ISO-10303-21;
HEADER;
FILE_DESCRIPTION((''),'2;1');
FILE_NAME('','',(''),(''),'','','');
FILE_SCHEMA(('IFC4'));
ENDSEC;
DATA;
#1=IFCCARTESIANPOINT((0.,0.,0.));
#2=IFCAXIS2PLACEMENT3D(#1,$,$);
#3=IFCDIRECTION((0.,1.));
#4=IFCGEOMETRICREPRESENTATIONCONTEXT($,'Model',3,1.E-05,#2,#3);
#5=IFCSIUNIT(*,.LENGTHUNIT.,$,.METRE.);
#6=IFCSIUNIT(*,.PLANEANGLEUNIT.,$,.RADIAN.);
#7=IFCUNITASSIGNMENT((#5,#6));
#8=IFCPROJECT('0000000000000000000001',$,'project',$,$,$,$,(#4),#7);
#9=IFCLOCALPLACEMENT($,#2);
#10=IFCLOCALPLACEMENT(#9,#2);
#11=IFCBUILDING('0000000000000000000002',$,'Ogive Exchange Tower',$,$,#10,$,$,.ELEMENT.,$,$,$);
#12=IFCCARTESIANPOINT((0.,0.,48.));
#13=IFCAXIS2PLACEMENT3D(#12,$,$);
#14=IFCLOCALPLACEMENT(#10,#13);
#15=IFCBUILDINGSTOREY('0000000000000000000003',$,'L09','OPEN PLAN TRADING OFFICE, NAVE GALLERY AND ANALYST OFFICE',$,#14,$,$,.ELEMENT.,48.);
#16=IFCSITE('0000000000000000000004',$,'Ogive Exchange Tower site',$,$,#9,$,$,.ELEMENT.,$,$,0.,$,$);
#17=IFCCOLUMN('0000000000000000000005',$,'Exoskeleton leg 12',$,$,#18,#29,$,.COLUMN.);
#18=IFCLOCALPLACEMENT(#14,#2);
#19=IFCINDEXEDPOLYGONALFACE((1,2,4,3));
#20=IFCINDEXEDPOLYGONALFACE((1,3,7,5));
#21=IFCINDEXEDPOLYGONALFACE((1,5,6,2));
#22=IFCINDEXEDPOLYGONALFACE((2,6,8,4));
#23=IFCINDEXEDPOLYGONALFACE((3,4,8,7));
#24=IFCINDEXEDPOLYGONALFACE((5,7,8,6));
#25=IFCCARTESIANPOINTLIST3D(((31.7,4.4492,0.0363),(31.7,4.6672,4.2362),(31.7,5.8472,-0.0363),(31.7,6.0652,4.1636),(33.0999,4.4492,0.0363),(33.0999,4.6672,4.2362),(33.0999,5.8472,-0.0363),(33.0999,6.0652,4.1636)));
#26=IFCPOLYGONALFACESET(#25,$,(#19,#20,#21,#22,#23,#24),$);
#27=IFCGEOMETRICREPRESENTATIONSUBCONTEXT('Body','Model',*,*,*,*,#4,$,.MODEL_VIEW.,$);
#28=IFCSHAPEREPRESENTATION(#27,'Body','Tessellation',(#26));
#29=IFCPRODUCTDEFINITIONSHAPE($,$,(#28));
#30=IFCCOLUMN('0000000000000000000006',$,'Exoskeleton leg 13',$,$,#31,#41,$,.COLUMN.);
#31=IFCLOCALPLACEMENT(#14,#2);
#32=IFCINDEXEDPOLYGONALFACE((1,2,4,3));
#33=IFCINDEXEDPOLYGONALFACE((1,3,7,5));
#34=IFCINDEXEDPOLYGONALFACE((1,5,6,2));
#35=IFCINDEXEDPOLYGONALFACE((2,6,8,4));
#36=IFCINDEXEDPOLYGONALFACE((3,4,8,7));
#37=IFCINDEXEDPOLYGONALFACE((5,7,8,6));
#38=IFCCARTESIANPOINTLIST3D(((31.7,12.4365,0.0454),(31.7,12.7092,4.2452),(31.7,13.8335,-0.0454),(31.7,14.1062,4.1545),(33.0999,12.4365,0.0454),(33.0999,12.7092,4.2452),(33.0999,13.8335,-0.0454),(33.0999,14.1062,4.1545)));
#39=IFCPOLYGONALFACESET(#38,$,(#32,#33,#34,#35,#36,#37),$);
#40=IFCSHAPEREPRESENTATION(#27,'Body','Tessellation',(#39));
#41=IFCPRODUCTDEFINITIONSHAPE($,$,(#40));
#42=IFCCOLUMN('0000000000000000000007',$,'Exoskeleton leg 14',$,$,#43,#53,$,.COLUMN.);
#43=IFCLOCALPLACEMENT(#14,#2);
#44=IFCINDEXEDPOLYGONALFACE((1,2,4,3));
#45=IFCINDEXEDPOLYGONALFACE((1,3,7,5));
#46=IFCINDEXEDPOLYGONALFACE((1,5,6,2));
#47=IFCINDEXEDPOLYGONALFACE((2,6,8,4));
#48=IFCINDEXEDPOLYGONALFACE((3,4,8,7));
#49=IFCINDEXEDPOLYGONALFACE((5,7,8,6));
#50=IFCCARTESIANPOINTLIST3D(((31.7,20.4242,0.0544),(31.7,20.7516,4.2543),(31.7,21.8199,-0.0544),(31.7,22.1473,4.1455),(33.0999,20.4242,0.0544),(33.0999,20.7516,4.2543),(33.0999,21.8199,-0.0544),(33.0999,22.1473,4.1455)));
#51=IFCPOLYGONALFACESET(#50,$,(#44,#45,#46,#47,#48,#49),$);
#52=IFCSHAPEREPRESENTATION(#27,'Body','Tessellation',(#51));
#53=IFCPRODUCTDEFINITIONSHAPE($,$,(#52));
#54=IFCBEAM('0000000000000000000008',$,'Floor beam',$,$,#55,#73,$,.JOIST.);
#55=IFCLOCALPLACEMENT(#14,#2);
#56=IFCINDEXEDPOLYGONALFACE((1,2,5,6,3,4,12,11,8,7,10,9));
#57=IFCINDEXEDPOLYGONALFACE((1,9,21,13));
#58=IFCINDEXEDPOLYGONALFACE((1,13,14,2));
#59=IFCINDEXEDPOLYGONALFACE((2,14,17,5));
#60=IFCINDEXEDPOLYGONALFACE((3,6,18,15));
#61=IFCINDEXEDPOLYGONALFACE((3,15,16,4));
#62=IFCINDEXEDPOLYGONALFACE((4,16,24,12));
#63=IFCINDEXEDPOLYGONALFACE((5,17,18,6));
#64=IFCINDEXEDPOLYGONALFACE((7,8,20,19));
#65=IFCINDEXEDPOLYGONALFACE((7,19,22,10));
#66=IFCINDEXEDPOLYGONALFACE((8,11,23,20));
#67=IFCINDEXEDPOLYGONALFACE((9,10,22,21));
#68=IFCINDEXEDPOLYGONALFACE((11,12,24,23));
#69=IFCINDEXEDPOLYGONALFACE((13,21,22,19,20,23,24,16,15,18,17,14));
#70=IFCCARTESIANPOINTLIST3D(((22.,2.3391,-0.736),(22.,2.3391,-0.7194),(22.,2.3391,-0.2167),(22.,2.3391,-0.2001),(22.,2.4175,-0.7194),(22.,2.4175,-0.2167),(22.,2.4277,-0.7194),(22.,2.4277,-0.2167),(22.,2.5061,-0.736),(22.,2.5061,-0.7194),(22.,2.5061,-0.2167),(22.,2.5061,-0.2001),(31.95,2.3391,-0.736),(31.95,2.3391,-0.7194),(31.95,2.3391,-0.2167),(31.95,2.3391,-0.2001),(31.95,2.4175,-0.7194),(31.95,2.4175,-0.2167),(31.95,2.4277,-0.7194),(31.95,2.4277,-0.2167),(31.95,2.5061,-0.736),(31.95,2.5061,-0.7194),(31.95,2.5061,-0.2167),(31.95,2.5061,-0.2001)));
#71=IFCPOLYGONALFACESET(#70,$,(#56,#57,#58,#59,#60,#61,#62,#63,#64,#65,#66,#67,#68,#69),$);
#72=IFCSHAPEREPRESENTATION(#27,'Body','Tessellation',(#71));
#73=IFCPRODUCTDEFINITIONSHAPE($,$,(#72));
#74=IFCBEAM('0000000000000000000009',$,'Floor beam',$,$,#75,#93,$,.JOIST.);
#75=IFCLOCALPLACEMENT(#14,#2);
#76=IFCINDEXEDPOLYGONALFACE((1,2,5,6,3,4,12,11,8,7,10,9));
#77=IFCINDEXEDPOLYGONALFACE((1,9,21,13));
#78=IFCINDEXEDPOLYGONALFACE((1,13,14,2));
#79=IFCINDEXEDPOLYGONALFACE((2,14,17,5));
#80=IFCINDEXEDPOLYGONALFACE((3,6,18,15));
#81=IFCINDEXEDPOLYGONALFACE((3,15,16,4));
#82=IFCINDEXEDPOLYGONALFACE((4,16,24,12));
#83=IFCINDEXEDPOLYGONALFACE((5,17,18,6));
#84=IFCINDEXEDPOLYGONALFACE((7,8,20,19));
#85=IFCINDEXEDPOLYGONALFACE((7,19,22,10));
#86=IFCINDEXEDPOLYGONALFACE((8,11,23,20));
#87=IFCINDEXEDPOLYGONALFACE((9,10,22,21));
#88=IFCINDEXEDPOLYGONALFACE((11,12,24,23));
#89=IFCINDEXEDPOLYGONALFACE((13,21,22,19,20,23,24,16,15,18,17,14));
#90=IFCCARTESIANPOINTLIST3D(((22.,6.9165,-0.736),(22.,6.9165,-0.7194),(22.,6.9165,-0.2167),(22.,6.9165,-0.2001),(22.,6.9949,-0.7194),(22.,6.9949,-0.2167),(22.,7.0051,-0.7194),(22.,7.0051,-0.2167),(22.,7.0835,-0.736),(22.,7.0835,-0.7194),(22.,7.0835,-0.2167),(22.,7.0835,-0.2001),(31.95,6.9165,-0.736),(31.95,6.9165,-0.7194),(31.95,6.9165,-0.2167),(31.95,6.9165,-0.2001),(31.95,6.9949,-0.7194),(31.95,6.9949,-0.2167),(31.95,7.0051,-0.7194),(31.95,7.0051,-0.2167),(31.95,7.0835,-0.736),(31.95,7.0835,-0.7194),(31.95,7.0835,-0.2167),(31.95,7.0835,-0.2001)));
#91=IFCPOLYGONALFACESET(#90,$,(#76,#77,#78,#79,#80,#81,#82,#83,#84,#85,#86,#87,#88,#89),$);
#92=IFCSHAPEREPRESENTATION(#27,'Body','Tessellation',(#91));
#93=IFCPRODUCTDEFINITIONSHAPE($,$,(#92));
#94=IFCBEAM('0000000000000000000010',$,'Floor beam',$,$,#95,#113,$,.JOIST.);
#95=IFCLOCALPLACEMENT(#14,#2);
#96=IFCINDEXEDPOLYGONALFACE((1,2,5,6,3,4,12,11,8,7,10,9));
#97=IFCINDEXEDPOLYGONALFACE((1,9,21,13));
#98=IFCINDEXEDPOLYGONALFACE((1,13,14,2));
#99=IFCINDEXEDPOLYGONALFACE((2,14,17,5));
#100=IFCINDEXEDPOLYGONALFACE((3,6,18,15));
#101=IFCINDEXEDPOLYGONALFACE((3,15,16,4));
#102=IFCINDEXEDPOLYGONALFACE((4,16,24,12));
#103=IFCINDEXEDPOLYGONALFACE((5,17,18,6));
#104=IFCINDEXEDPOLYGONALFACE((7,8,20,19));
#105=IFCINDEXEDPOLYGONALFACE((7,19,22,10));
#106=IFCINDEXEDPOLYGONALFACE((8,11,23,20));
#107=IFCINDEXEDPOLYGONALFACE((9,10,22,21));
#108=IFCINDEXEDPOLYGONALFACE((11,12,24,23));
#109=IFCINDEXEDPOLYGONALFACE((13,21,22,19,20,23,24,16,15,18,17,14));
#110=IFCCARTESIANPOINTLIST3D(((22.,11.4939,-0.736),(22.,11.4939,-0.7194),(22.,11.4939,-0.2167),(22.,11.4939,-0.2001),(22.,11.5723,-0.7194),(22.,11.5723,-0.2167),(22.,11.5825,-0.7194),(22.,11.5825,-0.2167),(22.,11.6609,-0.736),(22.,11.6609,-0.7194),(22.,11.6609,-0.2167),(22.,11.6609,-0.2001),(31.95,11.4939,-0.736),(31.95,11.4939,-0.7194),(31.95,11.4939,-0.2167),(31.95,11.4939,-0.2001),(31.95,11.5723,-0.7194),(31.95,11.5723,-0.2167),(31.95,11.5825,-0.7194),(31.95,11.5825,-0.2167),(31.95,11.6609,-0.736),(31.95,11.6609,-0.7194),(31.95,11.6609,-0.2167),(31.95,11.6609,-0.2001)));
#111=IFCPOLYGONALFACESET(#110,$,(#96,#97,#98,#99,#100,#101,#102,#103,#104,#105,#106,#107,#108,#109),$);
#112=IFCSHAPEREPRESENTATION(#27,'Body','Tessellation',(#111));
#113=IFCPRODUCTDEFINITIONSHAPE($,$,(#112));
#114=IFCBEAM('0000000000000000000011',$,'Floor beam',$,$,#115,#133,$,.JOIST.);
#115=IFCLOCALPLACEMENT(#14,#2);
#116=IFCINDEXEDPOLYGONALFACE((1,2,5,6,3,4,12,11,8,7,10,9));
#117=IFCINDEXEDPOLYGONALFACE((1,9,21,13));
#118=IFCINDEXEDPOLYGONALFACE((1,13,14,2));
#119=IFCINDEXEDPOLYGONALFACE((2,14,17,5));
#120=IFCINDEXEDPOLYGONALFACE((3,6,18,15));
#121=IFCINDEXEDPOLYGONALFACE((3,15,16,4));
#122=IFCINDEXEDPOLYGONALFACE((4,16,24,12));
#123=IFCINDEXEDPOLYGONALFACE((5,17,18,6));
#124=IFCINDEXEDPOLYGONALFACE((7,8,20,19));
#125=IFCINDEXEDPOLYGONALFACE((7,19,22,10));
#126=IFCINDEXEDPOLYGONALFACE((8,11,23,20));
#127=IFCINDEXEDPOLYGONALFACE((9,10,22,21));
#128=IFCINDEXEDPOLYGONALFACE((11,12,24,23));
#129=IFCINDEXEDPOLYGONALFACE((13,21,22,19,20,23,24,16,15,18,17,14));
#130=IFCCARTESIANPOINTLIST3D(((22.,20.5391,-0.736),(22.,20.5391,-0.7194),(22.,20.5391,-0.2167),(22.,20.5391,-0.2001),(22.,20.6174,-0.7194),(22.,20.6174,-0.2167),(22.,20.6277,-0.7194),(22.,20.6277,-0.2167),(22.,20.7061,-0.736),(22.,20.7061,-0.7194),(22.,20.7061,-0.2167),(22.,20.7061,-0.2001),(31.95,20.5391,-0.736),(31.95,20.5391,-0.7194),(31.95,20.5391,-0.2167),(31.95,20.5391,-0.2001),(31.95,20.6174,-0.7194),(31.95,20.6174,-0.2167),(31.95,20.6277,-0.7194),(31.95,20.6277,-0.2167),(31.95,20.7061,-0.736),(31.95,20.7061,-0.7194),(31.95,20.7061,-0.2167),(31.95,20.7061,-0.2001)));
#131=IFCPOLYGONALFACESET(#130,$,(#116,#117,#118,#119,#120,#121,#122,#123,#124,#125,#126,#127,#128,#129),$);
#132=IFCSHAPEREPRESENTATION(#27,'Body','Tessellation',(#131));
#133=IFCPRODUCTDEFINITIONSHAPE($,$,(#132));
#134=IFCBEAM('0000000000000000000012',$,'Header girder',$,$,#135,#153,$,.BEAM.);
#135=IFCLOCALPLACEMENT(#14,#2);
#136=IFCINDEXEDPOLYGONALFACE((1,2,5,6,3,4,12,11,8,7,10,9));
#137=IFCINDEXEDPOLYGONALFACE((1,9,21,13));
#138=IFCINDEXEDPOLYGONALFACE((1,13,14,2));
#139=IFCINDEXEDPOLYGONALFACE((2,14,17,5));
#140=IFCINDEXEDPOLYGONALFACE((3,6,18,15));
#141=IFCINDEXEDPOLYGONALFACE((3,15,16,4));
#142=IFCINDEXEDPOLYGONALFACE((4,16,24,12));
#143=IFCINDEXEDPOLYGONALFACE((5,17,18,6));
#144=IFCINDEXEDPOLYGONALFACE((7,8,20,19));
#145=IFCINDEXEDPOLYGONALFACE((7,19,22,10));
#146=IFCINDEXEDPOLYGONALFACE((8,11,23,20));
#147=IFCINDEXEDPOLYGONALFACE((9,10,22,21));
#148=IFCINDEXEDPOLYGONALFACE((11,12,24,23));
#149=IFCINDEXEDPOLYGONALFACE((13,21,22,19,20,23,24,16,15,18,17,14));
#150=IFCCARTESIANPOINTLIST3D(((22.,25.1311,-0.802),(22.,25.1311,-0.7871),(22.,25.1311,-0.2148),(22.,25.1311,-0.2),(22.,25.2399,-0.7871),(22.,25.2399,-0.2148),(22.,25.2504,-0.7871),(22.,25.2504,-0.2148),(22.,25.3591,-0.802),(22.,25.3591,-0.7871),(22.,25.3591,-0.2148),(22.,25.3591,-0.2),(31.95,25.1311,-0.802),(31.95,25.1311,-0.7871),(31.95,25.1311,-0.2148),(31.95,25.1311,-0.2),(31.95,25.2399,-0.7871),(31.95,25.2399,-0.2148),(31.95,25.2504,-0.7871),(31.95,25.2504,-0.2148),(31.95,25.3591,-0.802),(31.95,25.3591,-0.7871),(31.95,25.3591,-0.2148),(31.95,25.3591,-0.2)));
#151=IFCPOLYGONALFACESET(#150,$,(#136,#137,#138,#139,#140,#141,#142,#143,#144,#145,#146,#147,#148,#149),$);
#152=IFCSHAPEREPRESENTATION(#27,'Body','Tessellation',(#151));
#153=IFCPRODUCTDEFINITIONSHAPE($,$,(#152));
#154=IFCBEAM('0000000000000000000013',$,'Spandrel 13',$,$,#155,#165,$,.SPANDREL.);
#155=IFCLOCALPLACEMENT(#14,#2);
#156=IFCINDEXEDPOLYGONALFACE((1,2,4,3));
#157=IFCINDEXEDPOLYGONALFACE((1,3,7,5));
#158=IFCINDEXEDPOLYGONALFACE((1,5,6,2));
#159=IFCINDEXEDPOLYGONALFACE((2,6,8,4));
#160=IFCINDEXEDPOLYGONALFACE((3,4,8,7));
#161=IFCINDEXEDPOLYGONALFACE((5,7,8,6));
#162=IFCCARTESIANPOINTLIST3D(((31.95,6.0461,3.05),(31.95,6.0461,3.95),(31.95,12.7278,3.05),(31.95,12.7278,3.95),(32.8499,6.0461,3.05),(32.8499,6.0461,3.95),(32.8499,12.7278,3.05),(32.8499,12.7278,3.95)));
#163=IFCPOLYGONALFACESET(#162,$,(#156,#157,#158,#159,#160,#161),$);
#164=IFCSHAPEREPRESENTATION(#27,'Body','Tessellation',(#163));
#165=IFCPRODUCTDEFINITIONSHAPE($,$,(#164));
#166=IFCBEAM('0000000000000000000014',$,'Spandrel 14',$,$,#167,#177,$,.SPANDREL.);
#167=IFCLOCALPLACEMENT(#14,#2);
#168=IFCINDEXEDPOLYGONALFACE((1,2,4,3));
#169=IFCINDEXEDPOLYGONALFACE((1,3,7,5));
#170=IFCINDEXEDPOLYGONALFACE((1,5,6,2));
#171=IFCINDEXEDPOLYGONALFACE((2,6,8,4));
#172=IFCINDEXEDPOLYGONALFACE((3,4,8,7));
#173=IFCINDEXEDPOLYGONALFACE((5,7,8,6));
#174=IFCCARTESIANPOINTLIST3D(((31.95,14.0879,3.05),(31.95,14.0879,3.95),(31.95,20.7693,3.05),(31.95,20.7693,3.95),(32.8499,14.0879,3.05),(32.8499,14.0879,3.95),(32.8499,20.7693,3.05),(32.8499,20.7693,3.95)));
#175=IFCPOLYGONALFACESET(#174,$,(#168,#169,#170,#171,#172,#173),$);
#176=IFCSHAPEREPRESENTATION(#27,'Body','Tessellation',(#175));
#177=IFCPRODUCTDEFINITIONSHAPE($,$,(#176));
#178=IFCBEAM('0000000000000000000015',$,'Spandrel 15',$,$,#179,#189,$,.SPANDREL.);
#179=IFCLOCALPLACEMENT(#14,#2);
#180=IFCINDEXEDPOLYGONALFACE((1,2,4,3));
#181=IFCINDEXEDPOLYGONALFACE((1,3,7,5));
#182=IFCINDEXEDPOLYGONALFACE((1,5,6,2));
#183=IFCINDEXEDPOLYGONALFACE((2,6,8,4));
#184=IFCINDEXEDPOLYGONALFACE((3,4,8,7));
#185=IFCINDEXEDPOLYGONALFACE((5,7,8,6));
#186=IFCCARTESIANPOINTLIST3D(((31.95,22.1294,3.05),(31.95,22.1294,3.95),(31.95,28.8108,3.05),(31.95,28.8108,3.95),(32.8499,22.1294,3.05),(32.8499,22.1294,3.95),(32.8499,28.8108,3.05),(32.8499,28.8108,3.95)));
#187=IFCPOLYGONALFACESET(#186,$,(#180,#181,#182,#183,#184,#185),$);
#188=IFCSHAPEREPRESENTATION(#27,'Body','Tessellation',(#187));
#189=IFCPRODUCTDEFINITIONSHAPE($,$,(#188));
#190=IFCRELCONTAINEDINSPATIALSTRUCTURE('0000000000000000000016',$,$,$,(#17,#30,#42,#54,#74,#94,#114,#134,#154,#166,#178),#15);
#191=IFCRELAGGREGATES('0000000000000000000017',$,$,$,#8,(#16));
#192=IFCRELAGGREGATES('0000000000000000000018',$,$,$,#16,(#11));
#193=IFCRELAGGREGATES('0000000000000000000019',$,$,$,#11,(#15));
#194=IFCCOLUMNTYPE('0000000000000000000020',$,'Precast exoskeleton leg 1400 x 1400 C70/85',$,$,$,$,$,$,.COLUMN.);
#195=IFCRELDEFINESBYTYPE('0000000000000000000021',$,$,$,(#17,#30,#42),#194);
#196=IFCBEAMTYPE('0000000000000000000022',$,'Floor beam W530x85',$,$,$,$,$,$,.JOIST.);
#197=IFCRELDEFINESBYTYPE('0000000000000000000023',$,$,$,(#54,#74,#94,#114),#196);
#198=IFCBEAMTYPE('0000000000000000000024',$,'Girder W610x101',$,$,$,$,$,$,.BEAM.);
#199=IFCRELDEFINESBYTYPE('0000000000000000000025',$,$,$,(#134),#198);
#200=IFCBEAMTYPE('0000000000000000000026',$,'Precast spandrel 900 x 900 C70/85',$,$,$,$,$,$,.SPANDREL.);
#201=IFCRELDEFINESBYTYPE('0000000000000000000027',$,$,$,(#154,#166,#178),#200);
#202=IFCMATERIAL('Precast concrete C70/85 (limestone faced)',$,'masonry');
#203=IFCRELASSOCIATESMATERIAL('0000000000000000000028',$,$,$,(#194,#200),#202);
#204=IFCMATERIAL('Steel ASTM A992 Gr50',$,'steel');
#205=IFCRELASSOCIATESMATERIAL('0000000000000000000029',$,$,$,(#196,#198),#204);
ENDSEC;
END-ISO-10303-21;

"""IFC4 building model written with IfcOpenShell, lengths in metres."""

from ifc_helpers import new_model, si_unit, direction, frame, origin, origin_2d, place, context, subcontext, project, spatial, rectangle, i_section, extrude, material, material_profile, profile_set, type_object, element, save


model = new_model("IFC4")

# Units and contexts
model_context = context("Model", 3, precision=1e-05, world=origin(), true_north=direction((0.0, 1.0)))
body_context = subcontext(model_context, "Body", "Model", "MODEL_VIEW")
ifc_project = project(units=[si_unit("LENGTHUNIT", "METRE"), si_unit("PLANEANGLEUNIT", "RADIAN")], contexts=[model_context])

# Site, building, storey
site_placement = place(None, origin())
site = spatial("IfcSite", under=ifc_project, at=site_placement, Name="Ogive Exchange Tower site", CompositionType="ELEMENT", RefElevation=0.0)
building_placement = place(site_placement, origin())
building = spatial("IfcBuilding", under=site, at=building_placement, Name="Ogive Exchange Tower", CompositionType="ELEMENT")
storey_placement = place(building_placement, frame((0.0, 0.0, 48.0)))
storey = spatial("IfcBuildingStorey", under=building, at=storey_placement, Name="L09", Description="OPEN PLAN TRADING OFFICE, NAVE GALLERY AND ANALYST OFFICE", CompositionType="ELEMENT", Elevation=48.0)

# Columns
ifc_material_1 = material(Name="Precast concrete C70/85 (limestone faced)", Category="masonry")
ifc_material_profile_1 = material_profile(ifc_material_1, rectangle(XDim=1.3999, YDim=1.3999, at=origin_2d()), Name="1400 x 1400")
ifc_profile_set_1 = profile_set([ifc_material_profile_1], Name="Precast concrete C70/85 (limestone faced)")
column_type = type_object("IfcColumnType", Name="Precast exoskeleton leg 1400 x 1400 C70/85", PredefinedType="COLUMN", material=ifc_profile_set_1)
column_1_placement = place(storey_placement, frame((32.3999, 5.1482, 0.0), z_axis=(0.0, 0.05184, 0.998655), x_axis=(-1.0, 0.0, 0.0)))
element("IfcColumn", 1, at=column_1_placement, inside=storey, type_object=column_type, Name="Exoskeleton leg 12", PredefinedType="COLUMN", context=body_context, shape_type="SweptSolid", body=[
    extrude(rectangle(XDim=1.3999, YDim=1.3999, at=origin_2d()), origin(), (0.0, 0.0, 1.0), 4.2056),
])
column_2_placement = place(storey_placement, frame((32.3999, 13.135, 0.0), z_axis=(0.0, 0.064794, 0.997899), x_axis=(-1.0, 0.0, 0.0)))
element("IfcColumn", 2, at=column_2_placement, inside=storey, type_object=column_type, Name="Exoskeleton leg 13", PredefinedType="COLUMN", context=body_context, shape_type="SweptSolid", body=[
    extrude(rectangle(XDim=1.3999, YDim=1.3999, at=origin_2d()), origin(), (0.0, 0.0, 1.0), 4.2087),
])
column_3_placement = place(storey_placement, frame((32.3999, 21.1221, 0.0), z_axis=(0.0, 0.077716, 0.996976), x_axis=(-1.0, 0.0, 0.0)))
element("IfcColumn", 3, at=column_3_placement, inside=storey, type_object=column_type, Name="Exoskeleton leg 14", PredefinedType="COLUMN", context=body_context, shape_type="SweptSolid", body=[
    extrude(rectangle(XDim=1.3999, YDim=1.3999, at=origin_2d()), origin(), (0.0, 0.0, 1.0), 4.2126),
])

# Beams
ifc_material_2 = material(Name="Steel ASTM A992 Gr50", Category="steel")
ifc_material_profile_2 = material_profile(ifc_material_2, i_section(OverallWidth=0.167, OverallDepth=0.5359, WebThickness=0.0103, FlangeThickness=0.0166, at=origin_2d()), Name="W530x85")
ifc_profile_set_2 = profile_set([ifc_material_profile_2], Name="Steel ASTM A992 Gr50")
beam_type_1 = type_object("IfcBeamType", Name="Floor beam W530x85", PredefinedType="JOIST", material=ifc_profile_set_2)
for number, where, z_axis, x_axis, name in (
    (4, (22.0, 2.4226, -0.468), (1.0, 0.0, 0.0), (0.0, 1.0, 0.0), "Floor beam"),
    (5, (22.0, 7.0, -0.468), (1.0, 0.0, 0.0), (0.0, 1.0, 0.0), "Floor beam"),
    (6, (22.0, 11.5774, -0.468), (1.0, 0.0, 0.0), (0.0, 1.0, 0.0), "Floor beam"),
    (7, (22.0, 20.6226, -0.468), (1.0, 0.0, 0.0), (0.0, 1.0, 0.0), "Floor beam"),
):
    element("IfcBeam", number, at=place(storey_placement, frame(where, z_axis=z_axis, x_axis=x_axis)), inside=storey, type_object=beam_type_1, Name=name, PredefinedType="JOIST", context=body_context, shape_type="SweptSolid", body=[
        extrude(i_section(OverallWidth=0.167, OverallDepth=0.5359, WebThickness=0.0103, FlangeThickness=0.0166, at=origin_2d()), origin(), (0.0, 0.0, 1.0), 9.95),
    ])
ifc_material_profile_3 = material_profile(ifc_material_2, i_section(OverallWidth=0.228, OverallDepth=0.6021, WebThickness=0.0105, FlangeThickness=0.0149, at=origin_2d()), Name="W610x101")
ifc_profile_set_3 = profile_set([ifc_material_profile_3], Name="Steel ASTM A992 Gr50")
beam_type_2 = type_object("IfcBeamType", Name="Girder W610x101", PredefinedType="BEAM", material=ifc_profile_set_3)
beam_1_placement = place(storey_placement, frame((22.0, 25.2451, -0.501), z_axis=(1.0, 0.0, 0.0), x_axis=(0.0, 1.0, 0.0)))
element("IfcBeam", 8, at=beam_1_placement, inside=storey, type_object=beam_type_2, Name="Header girder", PredefinedType="BEAM", context=body_context, shape_type="SweptSolid", body=[
    extrude(i_section(OverallWidth=0.228, OverallDepth=0.6021, WebThickness=0.0105, FlangeThickness=0.0149, at=origin_2d()), origin(), (0.0, 0.0, 1.0), 9.95),
])
ifc_material_profile_4 = material_profile(ifc_material_1, rectangle(XDim=0.8999, YDim=0.8999, at=origin_2d()), Name="900 x 900")
ifc_profile_set_4 = profile_set([ifc_material_profile_4], Name="Precast concrete C70/85 (limestone faced)")
beam_type_3 = type_object("IfcBeamType", Name="Precast spandrel 900 x 900 C70/85", PredefinedType="SPANDREL", material=ifc_profile_set_4)
beam_2_placement = place(storey_placement, frame((32.3999, 6.0461, 3.5), z_axis=(0.0, 1.0, 0.0), x_axis=(-1.0, 0.0, 0.0)))
element("IfcBeam", 9, at=beam_2_placement, inside=storey, type_object=beam_type_3, Name="Spandrel 13", PredefinedType="SPANDREL", context=body_context, shape_type="SweptSolid", body=[
    extrude(rectangle(XDim=0.8999, YDim=0.8999, at=origin_2d()), origin(), (0.0, 0.0, 1.0), 6.6816),
])
for number, where, z_axis, x_axis, name in (
    (10, (32.3999, 14.0879, 3.5), (0.0, 1.0, 0.0), (-1.0, 0.0, 0.0), "Spandrel 14"),
    (11, (32.3999, 22.1294, 3.5), (0.0, 1.0, 0.0), (-1.0, 0.0, 0.0), "Spandrel 15"),
):
    element("IfcBeam", number, at=place(storey_placement, frame(where, z_axis=z_axis, x_axis=x_axis)), inside=storey, type_object=beam_type_3, Name=name, PredefinedType="SPANDREL", context=body_context, shape_type="SweptSolid", body=[
        extrude(rectangle(XDim=0.8999, YDim=0.8999, at=origin_2d()), origin(), (0.0, 0.0, 1.0), 6.6814),
    ])

save(model, "model.ifc")
